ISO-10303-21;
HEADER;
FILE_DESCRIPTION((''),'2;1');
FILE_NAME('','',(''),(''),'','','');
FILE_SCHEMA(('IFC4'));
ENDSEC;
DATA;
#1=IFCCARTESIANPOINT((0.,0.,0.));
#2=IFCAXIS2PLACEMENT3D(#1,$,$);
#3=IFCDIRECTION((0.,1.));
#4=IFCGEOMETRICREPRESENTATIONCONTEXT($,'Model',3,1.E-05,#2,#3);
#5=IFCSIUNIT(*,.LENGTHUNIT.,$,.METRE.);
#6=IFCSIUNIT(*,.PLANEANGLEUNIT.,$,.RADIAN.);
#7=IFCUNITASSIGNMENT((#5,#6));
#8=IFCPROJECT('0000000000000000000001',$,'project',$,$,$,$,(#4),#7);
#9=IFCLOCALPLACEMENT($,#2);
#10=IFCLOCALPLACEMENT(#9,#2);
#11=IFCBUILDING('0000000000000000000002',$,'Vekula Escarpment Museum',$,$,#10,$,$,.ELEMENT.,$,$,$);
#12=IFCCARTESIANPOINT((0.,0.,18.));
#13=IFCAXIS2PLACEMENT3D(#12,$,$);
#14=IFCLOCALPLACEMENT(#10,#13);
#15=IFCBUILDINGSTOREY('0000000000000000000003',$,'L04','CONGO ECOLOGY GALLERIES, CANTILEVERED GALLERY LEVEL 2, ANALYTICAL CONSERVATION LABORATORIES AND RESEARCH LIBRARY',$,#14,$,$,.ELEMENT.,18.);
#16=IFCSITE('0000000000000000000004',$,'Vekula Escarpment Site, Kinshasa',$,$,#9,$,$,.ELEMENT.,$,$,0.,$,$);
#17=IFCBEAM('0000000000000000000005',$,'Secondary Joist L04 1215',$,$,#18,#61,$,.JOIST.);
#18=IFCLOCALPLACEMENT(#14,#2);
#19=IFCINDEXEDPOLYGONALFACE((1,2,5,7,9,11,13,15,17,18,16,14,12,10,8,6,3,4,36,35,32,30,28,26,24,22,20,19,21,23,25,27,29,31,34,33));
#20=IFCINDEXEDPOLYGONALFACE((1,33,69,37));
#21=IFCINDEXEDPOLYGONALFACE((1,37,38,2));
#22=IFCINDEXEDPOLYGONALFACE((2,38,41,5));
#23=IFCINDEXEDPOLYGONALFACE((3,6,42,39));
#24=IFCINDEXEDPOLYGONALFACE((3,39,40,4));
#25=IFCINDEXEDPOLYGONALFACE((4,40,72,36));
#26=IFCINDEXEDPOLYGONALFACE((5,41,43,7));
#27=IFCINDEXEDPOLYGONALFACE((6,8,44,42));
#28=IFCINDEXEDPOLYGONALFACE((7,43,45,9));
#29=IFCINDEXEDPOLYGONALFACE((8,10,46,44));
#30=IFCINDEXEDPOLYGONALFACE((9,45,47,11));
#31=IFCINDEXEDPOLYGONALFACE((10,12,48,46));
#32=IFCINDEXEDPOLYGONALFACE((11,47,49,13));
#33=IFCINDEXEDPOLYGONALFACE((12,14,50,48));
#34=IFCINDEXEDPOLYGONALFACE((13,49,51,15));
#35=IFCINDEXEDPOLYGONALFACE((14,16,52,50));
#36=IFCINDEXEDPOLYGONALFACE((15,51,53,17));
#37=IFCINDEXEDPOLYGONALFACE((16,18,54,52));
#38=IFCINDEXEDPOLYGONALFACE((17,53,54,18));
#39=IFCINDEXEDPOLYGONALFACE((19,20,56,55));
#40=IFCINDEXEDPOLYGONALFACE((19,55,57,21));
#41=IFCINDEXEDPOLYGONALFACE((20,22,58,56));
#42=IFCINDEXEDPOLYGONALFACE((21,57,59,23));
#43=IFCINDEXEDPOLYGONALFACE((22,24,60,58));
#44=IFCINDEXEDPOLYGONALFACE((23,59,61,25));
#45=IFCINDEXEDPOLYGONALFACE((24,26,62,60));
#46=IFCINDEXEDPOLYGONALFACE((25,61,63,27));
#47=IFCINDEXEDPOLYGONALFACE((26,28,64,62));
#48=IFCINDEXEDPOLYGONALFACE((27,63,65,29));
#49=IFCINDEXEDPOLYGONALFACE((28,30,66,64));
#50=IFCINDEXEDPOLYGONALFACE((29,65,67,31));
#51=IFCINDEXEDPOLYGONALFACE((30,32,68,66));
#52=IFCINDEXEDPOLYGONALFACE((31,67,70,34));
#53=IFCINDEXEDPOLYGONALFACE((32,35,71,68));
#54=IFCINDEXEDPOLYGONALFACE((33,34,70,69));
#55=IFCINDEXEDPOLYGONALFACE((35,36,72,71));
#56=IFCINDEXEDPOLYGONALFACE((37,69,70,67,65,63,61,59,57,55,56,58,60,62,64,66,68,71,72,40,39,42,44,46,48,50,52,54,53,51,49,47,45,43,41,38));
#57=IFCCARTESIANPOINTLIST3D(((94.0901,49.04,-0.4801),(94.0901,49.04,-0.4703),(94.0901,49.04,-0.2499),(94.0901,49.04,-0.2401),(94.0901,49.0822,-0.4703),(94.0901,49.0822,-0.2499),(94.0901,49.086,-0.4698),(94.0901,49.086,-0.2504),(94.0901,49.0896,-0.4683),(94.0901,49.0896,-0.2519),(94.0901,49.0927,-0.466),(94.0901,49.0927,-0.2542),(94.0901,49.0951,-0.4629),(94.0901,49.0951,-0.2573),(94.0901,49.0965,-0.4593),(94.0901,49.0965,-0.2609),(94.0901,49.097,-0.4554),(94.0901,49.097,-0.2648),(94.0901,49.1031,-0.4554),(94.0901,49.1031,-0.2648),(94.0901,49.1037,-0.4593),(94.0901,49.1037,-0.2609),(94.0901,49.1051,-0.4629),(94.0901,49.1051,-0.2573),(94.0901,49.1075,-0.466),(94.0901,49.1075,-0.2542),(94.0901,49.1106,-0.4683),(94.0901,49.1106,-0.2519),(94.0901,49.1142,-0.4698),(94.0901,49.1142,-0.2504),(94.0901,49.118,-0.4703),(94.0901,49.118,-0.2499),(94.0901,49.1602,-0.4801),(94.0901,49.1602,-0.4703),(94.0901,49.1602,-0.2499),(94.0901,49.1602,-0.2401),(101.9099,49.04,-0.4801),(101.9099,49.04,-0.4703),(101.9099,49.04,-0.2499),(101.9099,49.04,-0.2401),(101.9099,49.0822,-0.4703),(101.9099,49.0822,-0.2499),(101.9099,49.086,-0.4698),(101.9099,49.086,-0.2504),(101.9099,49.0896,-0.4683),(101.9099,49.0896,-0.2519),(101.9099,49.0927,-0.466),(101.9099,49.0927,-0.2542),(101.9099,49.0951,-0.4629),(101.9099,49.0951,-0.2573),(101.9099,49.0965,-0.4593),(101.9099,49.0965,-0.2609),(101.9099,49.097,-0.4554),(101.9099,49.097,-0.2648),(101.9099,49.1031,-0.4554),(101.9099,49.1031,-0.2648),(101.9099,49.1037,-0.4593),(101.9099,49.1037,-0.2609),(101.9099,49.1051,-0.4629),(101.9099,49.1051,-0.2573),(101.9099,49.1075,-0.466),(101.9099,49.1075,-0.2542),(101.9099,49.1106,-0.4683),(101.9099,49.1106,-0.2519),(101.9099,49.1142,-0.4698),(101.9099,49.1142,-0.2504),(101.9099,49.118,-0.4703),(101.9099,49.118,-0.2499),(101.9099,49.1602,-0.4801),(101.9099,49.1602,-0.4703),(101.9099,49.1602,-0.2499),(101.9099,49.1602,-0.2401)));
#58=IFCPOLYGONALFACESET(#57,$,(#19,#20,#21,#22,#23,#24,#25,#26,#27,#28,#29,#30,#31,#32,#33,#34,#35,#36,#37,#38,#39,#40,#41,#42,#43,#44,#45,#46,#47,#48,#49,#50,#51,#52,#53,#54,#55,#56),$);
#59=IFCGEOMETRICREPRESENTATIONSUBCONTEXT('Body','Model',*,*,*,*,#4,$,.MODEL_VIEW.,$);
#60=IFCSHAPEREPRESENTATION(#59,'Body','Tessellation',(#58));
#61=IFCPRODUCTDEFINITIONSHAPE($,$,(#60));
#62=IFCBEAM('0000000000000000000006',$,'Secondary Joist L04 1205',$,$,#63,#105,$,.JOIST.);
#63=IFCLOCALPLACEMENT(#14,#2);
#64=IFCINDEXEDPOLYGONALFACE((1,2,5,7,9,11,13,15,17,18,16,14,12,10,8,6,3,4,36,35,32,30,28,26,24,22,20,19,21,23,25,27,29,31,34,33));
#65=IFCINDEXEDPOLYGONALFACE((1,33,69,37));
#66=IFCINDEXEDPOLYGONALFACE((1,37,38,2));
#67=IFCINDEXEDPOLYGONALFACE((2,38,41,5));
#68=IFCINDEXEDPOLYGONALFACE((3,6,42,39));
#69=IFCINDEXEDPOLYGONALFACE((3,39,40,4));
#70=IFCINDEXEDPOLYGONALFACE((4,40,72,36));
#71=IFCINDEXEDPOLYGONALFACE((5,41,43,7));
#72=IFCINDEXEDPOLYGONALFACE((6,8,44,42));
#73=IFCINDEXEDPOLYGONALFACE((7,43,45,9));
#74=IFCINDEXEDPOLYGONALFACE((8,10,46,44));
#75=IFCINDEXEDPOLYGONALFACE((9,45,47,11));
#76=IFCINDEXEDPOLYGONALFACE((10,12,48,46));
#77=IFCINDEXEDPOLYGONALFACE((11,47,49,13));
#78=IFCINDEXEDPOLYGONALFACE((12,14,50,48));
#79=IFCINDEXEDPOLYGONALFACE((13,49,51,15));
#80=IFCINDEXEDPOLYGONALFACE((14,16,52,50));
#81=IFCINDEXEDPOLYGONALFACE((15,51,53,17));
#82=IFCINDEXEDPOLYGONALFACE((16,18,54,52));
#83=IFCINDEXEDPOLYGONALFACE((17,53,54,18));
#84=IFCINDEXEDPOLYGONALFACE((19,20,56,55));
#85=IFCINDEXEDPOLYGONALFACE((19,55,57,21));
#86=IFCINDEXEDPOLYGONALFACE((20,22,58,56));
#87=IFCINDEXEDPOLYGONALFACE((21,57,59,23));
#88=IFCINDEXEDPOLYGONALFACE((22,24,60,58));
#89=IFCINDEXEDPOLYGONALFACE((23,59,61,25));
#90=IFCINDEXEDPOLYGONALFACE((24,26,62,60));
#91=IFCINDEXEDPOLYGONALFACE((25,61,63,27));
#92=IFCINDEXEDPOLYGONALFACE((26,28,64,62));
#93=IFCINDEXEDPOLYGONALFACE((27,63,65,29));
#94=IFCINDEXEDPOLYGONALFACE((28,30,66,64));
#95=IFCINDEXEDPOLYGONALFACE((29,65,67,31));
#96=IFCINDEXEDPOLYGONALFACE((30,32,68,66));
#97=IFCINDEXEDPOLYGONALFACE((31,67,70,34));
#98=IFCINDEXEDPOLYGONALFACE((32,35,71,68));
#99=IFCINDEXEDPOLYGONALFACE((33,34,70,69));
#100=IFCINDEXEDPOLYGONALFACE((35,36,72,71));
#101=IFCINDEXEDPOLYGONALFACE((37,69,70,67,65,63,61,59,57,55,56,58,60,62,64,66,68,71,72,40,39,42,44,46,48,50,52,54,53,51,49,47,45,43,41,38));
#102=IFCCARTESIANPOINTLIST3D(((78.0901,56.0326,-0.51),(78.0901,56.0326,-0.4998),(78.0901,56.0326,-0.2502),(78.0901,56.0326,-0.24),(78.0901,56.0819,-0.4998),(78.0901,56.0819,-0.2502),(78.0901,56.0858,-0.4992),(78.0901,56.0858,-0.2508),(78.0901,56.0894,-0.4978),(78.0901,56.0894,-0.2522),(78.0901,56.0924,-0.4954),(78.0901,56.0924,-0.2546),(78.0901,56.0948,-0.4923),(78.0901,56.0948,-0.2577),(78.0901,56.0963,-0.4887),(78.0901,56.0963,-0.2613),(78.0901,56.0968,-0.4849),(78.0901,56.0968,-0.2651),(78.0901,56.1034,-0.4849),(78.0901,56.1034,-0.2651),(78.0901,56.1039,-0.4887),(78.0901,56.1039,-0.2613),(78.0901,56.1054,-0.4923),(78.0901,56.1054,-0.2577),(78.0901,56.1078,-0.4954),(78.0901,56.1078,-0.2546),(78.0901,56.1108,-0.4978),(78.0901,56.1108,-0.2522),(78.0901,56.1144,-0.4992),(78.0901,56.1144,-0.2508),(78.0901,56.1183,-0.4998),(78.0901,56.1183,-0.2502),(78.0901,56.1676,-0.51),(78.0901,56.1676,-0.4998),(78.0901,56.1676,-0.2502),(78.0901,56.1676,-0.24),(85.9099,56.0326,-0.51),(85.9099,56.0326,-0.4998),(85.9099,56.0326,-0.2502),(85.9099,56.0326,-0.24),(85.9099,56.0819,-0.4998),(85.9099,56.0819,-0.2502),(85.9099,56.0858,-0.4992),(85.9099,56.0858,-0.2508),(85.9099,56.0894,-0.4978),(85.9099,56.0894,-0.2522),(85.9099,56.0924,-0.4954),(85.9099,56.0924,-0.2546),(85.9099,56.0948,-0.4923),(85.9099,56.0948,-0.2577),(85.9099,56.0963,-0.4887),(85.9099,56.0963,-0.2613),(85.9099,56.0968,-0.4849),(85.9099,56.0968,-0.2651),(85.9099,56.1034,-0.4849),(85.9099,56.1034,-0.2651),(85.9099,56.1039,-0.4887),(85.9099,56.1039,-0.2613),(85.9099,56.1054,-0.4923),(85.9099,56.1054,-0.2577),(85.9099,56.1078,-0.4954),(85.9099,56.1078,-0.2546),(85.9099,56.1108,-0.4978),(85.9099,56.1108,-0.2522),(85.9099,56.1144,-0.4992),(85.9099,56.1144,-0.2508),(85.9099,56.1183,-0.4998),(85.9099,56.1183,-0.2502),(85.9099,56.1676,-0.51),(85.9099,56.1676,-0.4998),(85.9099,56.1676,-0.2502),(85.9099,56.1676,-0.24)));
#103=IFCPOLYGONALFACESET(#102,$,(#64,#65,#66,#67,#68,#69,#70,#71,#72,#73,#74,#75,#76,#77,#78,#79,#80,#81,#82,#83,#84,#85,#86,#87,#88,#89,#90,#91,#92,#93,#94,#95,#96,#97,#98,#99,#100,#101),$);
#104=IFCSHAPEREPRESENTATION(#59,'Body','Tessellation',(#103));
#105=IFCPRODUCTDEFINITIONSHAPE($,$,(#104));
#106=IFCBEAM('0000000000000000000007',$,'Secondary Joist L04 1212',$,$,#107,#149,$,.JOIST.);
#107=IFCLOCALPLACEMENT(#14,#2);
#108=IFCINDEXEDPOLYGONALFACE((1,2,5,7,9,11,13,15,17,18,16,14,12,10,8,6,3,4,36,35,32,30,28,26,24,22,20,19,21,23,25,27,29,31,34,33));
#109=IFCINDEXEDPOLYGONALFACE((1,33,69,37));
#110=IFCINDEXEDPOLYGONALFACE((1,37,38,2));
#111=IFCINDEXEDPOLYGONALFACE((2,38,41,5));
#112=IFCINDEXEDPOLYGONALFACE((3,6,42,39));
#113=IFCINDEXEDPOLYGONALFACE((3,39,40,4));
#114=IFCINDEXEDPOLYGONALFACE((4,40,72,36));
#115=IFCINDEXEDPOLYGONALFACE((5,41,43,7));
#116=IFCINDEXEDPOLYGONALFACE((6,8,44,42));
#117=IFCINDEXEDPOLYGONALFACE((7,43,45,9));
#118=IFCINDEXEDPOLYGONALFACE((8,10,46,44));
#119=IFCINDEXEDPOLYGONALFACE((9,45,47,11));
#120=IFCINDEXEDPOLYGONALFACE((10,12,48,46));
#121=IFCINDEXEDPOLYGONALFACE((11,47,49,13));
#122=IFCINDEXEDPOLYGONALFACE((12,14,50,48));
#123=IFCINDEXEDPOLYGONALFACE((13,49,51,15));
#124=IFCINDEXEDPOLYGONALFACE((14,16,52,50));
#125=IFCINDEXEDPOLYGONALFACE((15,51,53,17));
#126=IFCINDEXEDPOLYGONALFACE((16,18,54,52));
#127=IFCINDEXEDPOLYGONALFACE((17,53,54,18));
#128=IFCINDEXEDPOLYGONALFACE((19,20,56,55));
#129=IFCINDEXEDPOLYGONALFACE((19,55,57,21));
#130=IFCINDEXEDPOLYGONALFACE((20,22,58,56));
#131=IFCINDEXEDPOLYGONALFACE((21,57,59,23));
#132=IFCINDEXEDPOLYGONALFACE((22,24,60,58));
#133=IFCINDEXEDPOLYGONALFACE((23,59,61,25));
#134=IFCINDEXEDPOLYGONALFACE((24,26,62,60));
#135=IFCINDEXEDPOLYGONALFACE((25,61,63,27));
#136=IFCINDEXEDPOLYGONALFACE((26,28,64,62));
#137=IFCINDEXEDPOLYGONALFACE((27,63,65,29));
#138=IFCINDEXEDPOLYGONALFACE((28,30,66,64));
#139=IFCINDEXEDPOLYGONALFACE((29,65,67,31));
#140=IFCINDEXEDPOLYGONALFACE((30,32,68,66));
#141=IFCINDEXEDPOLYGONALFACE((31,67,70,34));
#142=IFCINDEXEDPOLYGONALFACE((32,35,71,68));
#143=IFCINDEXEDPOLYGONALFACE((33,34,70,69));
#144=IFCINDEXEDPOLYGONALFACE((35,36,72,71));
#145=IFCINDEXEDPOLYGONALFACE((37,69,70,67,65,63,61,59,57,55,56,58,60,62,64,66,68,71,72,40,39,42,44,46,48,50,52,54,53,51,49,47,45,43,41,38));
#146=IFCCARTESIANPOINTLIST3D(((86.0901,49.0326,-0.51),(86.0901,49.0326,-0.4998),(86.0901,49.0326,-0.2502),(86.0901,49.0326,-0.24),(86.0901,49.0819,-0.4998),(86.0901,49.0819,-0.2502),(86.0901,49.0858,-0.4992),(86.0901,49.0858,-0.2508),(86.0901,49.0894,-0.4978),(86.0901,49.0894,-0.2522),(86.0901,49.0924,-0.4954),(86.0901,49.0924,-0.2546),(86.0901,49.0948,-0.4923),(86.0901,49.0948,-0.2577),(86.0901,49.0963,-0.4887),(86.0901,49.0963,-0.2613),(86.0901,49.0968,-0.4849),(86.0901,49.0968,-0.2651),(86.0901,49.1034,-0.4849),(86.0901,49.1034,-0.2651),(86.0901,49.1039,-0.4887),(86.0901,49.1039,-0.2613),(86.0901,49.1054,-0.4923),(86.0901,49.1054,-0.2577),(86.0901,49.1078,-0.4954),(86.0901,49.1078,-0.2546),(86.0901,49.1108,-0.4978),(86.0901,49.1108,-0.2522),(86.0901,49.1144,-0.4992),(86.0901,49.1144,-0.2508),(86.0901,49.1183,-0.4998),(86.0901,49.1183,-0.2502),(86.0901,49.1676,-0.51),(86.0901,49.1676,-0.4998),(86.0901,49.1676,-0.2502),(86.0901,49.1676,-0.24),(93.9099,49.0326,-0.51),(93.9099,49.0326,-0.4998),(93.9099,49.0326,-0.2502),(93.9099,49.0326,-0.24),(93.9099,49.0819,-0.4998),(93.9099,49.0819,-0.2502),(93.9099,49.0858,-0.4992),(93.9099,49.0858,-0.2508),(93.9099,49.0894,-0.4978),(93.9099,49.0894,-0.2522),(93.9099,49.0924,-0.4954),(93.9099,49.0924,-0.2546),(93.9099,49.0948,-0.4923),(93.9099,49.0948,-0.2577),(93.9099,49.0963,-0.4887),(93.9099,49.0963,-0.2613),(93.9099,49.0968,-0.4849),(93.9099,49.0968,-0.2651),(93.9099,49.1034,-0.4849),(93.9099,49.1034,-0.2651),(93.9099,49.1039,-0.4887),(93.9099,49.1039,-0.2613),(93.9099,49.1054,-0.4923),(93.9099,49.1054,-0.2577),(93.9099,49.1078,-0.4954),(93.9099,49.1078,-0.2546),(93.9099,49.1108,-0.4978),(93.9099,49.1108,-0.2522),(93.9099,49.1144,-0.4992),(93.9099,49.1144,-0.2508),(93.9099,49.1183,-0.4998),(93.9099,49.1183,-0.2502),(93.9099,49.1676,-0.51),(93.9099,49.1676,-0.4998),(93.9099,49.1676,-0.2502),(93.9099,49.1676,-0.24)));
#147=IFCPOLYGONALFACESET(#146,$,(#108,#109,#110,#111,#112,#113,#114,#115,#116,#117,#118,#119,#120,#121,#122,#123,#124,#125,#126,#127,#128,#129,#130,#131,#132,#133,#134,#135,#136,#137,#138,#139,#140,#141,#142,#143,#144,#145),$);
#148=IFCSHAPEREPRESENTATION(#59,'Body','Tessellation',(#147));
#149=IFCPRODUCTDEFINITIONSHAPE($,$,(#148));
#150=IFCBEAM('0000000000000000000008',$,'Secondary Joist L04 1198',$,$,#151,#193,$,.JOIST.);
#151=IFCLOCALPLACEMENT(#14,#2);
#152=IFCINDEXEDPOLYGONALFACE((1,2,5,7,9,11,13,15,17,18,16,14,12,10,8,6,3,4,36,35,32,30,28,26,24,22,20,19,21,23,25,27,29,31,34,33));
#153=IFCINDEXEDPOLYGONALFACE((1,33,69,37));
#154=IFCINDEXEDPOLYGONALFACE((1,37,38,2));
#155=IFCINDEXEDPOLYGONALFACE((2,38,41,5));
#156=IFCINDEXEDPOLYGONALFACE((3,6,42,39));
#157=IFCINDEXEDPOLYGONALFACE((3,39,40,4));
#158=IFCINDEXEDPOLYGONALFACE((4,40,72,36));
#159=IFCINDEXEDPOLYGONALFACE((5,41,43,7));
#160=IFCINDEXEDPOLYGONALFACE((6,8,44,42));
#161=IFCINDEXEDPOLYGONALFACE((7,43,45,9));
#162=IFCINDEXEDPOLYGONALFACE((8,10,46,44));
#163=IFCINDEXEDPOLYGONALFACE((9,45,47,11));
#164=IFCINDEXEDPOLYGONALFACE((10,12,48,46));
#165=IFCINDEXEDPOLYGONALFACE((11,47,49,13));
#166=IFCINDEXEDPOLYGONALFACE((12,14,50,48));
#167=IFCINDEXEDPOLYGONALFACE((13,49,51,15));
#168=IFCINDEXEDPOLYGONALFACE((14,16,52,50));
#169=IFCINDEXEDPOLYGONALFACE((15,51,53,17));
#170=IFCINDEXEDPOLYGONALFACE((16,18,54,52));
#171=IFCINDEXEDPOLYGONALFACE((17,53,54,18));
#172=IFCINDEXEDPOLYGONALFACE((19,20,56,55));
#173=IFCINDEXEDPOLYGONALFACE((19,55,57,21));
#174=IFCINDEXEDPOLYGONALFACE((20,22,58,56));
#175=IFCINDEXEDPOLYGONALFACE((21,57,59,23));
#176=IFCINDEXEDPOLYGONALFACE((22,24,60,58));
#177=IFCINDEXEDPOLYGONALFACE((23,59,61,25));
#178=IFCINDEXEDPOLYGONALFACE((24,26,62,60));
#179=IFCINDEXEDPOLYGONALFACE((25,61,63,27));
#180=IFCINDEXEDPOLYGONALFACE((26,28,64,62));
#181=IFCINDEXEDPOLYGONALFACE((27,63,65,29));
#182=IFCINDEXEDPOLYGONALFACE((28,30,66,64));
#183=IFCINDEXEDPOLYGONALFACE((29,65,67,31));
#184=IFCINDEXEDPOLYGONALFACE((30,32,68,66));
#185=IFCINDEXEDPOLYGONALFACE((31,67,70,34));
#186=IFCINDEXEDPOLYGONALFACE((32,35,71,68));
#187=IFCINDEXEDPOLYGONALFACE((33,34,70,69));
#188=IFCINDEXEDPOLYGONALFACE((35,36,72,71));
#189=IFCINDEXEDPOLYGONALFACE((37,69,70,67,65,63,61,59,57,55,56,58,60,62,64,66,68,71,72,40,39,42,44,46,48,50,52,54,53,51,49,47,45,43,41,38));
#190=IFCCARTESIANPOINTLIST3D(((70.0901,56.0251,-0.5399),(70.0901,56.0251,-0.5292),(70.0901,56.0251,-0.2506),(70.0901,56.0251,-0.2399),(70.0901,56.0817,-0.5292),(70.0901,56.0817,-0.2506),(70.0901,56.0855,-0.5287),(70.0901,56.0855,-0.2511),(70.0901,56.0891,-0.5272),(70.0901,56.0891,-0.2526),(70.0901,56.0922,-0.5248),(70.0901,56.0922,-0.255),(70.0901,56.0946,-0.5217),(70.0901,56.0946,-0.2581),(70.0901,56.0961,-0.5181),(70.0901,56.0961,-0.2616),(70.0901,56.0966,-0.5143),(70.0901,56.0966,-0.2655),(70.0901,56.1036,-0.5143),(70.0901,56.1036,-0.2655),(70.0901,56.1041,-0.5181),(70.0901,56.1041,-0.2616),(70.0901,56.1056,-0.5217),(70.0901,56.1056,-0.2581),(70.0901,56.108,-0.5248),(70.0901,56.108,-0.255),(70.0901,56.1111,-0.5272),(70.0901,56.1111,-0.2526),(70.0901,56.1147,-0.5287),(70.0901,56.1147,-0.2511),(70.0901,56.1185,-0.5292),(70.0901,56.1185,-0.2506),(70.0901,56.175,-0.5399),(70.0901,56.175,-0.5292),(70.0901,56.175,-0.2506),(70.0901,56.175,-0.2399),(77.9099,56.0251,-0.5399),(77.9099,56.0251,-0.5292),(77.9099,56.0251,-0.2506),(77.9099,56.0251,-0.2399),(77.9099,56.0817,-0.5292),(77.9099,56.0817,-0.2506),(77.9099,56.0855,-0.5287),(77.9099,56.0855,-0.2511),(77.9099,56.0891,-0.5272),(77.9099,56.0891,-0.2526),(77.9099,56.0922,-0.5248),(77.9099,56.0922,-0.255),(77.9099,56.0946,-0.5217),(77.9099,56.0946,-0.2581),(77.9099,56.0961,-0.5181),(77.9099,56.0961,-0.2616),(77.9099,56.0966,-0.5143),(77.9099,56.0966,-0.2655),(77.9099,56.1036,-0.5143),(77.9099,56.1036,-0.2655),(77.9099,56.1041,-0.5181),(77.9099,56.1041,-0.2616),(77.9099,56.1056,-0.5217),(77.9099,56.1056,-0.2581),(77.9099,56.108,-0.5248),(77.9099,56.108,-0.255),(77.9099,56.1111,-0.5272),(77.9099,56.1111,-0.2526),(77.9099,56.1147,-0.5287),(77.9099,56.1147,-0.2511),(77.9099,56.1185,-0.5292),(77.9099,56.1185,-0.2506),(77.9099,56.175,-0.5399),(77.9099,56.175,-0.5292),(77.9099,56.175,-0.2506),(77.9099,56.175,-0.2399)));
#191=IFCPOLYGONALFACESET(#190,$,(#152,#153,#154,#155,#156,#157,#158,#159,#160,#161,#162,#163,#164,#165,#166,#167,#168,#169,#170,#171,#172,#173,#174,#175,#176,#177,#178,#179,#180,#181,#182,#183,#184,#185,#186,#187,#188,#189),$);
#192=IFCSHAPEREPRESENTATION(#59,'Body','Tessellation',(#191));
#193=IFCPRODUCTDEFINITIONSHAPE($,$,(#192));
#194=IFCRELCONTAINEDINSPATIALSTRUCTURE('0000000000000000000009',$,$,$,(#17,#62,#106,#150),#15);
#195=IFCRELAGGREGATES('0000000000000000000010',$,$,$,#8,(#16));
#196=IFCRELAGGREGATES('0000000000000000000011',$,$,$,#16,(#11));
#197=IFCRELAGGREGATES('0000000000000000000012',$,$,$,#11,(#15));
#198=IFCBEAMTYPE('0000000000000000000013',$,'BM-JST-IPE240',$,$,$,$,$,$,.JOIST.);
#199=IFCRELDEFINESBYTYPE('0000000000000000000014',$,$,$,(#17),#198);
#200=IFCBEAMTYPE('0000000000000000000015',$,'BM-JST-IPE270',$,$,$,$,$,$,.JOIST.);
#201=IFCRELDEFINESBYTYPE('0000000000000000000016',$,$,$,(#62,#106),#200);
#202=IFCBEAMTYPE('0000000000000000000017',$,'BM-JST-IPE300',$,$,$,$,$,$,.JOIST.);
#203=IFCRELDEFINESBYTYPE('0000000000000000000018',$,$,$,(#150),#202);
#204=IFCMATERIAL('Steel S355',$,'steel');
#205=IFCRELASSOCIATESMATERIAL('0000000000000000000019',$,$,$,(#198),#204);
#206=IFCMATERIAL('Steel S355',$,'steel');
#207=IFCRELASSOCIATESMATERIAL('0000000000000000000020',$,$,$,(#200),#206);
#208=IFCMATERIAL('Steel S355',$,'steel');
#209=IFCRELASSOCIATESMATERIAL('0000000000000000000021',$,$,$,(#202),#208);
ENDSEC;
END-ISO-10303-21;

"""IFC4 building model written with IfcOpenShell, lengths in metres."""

from ifc_helpers import new_model, si_unit, direction, frame, origin, origin_2d, place, context, subcontext, project, spatial, i_section, extrude, material, material_profile, profile_set, type_object, element, save


model = new_model("IFC4")

# Units and contexts
model_context = context("Model", 3, precision=1e-05, world=origin(), true_north=direction((0.0, 1.0)))
body_context = subcontext(model_context, "Body", "Model", "MODEL_VIEW")
ifc_project = project(units=[si_unit("LENGTHUNIT", "METRE"), si_unit("PLANEANGLEUNIT", "RADIAN")], contexts=[model_context])

# Site, building, storey
site_placement = place(None, origin())
site = spatial("IfcSite", under=ifc_project, at=site_placement, Name="Vekula Escarpment Site, Kinshasa", CompositionType="ELEMENT", RefElevation=0.0)
building_placement = place(site_placement, origin())
building = spatial("IfcBuilding", under=site, at=building_placement, Name="Vekula Escarpment Museum", CompositionType="ELEMENT")
storey_placement = place(building_placement, frame((0.0, 0.0, 18.0)))
storey = spatial("IfcBuildingStorey", under=building, at=storey_placement, Name="L04", Description="CONGO ECOLOGY GALLERIES, CANTILEVERED GALLERY LEVEL 2, ANALYTICAL CONSERVATION LABORATORIES AND RESEARCH LIBRARY", CompositionType="ELEMENT", Elevation=18.0)

# Beams
ifc_material_1 = material(Name="Steel S355", Category="steel")
ifc_material_profile_1 = material_profile(ifc_material_1, i_section(OverallWidth=0.1201, OverallDepth=0.24, WebThickness=0.0061, FlangeThickness=0.0098, FilletRadius=0.0149, at=origin_2d()), Name="IPE 240")
ifc_profile_set_1 = profile_set([ifc_material_profile_1], Name="Steel S355")
beam_type_1 = type_object("IfcBeamType", Name="BM-JST-IPE240", PredefinedType="JOIST", material=ifc_profile_set_1)
for number, where, z_axis, x_axis, name in (
    (1, (94.0901, 49.1001, -0.3601), (1.0, 0.0, 0.0), (0.0, 1.0, 0.0), "Secondary Joist L04 1215"),
):
    element("IfcBeam", number, at=place(storey_placement, frame(where, z_axis=z_axis, x_axis=x_axis)), inside=storey, type_object=beam_type_1, Name=name, PredefinedType="JOIST", context=body_context, shape_type="SweptSolid", body=[
        extrude(i_section(OverallWidth=0.1201, OverallDepth=0.24, WebThickness=0.0061, FlangeThickness=0.0098, FilletRadius=0.0149, at=origin_2d()), origin(), (0.0, 0.0, 1.0), 7.8198),
    ])
ifc_material_2 = material(Name="Steel S355", Category="steel")
ifc_material_profile_2 = material_profile(ifc_material_2, i_section(OverallWidth=0.135, OverallDepth=0.27, WebThickness=0.0066, FlangeThickness=0.0103, FilletRadius=0.0149, at=origin_2d()), Name="IPE 270")
ifc_profile_set_2 = profile_set([ifc_material_profile_2], Name="Steel S355")
beam_type_2 = type_object("IfcBeamType", Name="BM-JST-IPE270", PredefinedType="JOIST", material=ifc_profile_set_2)
for number, where, z_axis, x_axis, name in (
    (2, (78.0901, 56.1001, -0.375), (1.0, 0.0, 0.0), (0.0, 1.0, 0.0), "Secondary Joist L04 1205"),
    (3, (86.0901, 49.1001, -0.375), (1.0, 0.0, 0.0), (0.0, 1.0, 0.0), "Secondary Joist L04 1212"),
):
    element("IfcBeam", number, at=place(storey_placement, frame(where, z_axis=z_axis, x_axis=x_axis)), inside=storey, type_object=beam_type_2, Name=name, PredefinedType="JOIST", context=body_context, shape_type="SweptSolid", body=[
        extrude(i_section(OverallWidth=0.135, OverallDepth=0.27, WebThickness=0.0066, FlangeThickness=0.0103, FilletRadius=0.0149, at=origin_2d()), origin(), (0.0, 0.0, 1.0), 7.8198),
    ])
ifc_material_3 = material(Name="Steel S355", Category="steel")
ifc_material_profile_3 = material_profile(ifc_material_3, i_section(OverallWidth=0.1499, OverallDepth=0.3, WebThickness=0.0071, FlangeThickness=0.0107, FilletRadius=0.0149, at=origin_2d()), Name="IPE 300")
ifc_profile_set_3 = profile_set([ifc_material_profile_3], Name="Steel S355")
beam_type_3 = type_object("IfcBeamType", Name="BM-JST-IPE300", PredefinedType="JOIST", material=ifc_profile_set_3)
for number, where, z_axis, x_axis, name in (
    (4, (70.0901, 56.1001, -0.3899), (1.0, 0.0, 0.0), (0.0, 1.0, 0.0), "Secondary Joist L04 1198"),
):
    element("IfcBeam", number, at=place(storey_placement, frame(where, z_axis=z_axis, x_axis=x_axis)), inside=storey, type_object=beam_type_3, Name=name, PredefinedType="JOIST", context=body_context, shape_type="SweptSolid", body=[
        extrude(i_section(OverallWidth=0.1499, OverallDepth=0.3, WebThickness=0.0071, FlangeThickness=0.0107, FilletRadius=0.0149, at=origin_2d()), origin(), (0.0, 0.0, 1.0), 7.8198),
    ])

save(model, "model.ifc")
